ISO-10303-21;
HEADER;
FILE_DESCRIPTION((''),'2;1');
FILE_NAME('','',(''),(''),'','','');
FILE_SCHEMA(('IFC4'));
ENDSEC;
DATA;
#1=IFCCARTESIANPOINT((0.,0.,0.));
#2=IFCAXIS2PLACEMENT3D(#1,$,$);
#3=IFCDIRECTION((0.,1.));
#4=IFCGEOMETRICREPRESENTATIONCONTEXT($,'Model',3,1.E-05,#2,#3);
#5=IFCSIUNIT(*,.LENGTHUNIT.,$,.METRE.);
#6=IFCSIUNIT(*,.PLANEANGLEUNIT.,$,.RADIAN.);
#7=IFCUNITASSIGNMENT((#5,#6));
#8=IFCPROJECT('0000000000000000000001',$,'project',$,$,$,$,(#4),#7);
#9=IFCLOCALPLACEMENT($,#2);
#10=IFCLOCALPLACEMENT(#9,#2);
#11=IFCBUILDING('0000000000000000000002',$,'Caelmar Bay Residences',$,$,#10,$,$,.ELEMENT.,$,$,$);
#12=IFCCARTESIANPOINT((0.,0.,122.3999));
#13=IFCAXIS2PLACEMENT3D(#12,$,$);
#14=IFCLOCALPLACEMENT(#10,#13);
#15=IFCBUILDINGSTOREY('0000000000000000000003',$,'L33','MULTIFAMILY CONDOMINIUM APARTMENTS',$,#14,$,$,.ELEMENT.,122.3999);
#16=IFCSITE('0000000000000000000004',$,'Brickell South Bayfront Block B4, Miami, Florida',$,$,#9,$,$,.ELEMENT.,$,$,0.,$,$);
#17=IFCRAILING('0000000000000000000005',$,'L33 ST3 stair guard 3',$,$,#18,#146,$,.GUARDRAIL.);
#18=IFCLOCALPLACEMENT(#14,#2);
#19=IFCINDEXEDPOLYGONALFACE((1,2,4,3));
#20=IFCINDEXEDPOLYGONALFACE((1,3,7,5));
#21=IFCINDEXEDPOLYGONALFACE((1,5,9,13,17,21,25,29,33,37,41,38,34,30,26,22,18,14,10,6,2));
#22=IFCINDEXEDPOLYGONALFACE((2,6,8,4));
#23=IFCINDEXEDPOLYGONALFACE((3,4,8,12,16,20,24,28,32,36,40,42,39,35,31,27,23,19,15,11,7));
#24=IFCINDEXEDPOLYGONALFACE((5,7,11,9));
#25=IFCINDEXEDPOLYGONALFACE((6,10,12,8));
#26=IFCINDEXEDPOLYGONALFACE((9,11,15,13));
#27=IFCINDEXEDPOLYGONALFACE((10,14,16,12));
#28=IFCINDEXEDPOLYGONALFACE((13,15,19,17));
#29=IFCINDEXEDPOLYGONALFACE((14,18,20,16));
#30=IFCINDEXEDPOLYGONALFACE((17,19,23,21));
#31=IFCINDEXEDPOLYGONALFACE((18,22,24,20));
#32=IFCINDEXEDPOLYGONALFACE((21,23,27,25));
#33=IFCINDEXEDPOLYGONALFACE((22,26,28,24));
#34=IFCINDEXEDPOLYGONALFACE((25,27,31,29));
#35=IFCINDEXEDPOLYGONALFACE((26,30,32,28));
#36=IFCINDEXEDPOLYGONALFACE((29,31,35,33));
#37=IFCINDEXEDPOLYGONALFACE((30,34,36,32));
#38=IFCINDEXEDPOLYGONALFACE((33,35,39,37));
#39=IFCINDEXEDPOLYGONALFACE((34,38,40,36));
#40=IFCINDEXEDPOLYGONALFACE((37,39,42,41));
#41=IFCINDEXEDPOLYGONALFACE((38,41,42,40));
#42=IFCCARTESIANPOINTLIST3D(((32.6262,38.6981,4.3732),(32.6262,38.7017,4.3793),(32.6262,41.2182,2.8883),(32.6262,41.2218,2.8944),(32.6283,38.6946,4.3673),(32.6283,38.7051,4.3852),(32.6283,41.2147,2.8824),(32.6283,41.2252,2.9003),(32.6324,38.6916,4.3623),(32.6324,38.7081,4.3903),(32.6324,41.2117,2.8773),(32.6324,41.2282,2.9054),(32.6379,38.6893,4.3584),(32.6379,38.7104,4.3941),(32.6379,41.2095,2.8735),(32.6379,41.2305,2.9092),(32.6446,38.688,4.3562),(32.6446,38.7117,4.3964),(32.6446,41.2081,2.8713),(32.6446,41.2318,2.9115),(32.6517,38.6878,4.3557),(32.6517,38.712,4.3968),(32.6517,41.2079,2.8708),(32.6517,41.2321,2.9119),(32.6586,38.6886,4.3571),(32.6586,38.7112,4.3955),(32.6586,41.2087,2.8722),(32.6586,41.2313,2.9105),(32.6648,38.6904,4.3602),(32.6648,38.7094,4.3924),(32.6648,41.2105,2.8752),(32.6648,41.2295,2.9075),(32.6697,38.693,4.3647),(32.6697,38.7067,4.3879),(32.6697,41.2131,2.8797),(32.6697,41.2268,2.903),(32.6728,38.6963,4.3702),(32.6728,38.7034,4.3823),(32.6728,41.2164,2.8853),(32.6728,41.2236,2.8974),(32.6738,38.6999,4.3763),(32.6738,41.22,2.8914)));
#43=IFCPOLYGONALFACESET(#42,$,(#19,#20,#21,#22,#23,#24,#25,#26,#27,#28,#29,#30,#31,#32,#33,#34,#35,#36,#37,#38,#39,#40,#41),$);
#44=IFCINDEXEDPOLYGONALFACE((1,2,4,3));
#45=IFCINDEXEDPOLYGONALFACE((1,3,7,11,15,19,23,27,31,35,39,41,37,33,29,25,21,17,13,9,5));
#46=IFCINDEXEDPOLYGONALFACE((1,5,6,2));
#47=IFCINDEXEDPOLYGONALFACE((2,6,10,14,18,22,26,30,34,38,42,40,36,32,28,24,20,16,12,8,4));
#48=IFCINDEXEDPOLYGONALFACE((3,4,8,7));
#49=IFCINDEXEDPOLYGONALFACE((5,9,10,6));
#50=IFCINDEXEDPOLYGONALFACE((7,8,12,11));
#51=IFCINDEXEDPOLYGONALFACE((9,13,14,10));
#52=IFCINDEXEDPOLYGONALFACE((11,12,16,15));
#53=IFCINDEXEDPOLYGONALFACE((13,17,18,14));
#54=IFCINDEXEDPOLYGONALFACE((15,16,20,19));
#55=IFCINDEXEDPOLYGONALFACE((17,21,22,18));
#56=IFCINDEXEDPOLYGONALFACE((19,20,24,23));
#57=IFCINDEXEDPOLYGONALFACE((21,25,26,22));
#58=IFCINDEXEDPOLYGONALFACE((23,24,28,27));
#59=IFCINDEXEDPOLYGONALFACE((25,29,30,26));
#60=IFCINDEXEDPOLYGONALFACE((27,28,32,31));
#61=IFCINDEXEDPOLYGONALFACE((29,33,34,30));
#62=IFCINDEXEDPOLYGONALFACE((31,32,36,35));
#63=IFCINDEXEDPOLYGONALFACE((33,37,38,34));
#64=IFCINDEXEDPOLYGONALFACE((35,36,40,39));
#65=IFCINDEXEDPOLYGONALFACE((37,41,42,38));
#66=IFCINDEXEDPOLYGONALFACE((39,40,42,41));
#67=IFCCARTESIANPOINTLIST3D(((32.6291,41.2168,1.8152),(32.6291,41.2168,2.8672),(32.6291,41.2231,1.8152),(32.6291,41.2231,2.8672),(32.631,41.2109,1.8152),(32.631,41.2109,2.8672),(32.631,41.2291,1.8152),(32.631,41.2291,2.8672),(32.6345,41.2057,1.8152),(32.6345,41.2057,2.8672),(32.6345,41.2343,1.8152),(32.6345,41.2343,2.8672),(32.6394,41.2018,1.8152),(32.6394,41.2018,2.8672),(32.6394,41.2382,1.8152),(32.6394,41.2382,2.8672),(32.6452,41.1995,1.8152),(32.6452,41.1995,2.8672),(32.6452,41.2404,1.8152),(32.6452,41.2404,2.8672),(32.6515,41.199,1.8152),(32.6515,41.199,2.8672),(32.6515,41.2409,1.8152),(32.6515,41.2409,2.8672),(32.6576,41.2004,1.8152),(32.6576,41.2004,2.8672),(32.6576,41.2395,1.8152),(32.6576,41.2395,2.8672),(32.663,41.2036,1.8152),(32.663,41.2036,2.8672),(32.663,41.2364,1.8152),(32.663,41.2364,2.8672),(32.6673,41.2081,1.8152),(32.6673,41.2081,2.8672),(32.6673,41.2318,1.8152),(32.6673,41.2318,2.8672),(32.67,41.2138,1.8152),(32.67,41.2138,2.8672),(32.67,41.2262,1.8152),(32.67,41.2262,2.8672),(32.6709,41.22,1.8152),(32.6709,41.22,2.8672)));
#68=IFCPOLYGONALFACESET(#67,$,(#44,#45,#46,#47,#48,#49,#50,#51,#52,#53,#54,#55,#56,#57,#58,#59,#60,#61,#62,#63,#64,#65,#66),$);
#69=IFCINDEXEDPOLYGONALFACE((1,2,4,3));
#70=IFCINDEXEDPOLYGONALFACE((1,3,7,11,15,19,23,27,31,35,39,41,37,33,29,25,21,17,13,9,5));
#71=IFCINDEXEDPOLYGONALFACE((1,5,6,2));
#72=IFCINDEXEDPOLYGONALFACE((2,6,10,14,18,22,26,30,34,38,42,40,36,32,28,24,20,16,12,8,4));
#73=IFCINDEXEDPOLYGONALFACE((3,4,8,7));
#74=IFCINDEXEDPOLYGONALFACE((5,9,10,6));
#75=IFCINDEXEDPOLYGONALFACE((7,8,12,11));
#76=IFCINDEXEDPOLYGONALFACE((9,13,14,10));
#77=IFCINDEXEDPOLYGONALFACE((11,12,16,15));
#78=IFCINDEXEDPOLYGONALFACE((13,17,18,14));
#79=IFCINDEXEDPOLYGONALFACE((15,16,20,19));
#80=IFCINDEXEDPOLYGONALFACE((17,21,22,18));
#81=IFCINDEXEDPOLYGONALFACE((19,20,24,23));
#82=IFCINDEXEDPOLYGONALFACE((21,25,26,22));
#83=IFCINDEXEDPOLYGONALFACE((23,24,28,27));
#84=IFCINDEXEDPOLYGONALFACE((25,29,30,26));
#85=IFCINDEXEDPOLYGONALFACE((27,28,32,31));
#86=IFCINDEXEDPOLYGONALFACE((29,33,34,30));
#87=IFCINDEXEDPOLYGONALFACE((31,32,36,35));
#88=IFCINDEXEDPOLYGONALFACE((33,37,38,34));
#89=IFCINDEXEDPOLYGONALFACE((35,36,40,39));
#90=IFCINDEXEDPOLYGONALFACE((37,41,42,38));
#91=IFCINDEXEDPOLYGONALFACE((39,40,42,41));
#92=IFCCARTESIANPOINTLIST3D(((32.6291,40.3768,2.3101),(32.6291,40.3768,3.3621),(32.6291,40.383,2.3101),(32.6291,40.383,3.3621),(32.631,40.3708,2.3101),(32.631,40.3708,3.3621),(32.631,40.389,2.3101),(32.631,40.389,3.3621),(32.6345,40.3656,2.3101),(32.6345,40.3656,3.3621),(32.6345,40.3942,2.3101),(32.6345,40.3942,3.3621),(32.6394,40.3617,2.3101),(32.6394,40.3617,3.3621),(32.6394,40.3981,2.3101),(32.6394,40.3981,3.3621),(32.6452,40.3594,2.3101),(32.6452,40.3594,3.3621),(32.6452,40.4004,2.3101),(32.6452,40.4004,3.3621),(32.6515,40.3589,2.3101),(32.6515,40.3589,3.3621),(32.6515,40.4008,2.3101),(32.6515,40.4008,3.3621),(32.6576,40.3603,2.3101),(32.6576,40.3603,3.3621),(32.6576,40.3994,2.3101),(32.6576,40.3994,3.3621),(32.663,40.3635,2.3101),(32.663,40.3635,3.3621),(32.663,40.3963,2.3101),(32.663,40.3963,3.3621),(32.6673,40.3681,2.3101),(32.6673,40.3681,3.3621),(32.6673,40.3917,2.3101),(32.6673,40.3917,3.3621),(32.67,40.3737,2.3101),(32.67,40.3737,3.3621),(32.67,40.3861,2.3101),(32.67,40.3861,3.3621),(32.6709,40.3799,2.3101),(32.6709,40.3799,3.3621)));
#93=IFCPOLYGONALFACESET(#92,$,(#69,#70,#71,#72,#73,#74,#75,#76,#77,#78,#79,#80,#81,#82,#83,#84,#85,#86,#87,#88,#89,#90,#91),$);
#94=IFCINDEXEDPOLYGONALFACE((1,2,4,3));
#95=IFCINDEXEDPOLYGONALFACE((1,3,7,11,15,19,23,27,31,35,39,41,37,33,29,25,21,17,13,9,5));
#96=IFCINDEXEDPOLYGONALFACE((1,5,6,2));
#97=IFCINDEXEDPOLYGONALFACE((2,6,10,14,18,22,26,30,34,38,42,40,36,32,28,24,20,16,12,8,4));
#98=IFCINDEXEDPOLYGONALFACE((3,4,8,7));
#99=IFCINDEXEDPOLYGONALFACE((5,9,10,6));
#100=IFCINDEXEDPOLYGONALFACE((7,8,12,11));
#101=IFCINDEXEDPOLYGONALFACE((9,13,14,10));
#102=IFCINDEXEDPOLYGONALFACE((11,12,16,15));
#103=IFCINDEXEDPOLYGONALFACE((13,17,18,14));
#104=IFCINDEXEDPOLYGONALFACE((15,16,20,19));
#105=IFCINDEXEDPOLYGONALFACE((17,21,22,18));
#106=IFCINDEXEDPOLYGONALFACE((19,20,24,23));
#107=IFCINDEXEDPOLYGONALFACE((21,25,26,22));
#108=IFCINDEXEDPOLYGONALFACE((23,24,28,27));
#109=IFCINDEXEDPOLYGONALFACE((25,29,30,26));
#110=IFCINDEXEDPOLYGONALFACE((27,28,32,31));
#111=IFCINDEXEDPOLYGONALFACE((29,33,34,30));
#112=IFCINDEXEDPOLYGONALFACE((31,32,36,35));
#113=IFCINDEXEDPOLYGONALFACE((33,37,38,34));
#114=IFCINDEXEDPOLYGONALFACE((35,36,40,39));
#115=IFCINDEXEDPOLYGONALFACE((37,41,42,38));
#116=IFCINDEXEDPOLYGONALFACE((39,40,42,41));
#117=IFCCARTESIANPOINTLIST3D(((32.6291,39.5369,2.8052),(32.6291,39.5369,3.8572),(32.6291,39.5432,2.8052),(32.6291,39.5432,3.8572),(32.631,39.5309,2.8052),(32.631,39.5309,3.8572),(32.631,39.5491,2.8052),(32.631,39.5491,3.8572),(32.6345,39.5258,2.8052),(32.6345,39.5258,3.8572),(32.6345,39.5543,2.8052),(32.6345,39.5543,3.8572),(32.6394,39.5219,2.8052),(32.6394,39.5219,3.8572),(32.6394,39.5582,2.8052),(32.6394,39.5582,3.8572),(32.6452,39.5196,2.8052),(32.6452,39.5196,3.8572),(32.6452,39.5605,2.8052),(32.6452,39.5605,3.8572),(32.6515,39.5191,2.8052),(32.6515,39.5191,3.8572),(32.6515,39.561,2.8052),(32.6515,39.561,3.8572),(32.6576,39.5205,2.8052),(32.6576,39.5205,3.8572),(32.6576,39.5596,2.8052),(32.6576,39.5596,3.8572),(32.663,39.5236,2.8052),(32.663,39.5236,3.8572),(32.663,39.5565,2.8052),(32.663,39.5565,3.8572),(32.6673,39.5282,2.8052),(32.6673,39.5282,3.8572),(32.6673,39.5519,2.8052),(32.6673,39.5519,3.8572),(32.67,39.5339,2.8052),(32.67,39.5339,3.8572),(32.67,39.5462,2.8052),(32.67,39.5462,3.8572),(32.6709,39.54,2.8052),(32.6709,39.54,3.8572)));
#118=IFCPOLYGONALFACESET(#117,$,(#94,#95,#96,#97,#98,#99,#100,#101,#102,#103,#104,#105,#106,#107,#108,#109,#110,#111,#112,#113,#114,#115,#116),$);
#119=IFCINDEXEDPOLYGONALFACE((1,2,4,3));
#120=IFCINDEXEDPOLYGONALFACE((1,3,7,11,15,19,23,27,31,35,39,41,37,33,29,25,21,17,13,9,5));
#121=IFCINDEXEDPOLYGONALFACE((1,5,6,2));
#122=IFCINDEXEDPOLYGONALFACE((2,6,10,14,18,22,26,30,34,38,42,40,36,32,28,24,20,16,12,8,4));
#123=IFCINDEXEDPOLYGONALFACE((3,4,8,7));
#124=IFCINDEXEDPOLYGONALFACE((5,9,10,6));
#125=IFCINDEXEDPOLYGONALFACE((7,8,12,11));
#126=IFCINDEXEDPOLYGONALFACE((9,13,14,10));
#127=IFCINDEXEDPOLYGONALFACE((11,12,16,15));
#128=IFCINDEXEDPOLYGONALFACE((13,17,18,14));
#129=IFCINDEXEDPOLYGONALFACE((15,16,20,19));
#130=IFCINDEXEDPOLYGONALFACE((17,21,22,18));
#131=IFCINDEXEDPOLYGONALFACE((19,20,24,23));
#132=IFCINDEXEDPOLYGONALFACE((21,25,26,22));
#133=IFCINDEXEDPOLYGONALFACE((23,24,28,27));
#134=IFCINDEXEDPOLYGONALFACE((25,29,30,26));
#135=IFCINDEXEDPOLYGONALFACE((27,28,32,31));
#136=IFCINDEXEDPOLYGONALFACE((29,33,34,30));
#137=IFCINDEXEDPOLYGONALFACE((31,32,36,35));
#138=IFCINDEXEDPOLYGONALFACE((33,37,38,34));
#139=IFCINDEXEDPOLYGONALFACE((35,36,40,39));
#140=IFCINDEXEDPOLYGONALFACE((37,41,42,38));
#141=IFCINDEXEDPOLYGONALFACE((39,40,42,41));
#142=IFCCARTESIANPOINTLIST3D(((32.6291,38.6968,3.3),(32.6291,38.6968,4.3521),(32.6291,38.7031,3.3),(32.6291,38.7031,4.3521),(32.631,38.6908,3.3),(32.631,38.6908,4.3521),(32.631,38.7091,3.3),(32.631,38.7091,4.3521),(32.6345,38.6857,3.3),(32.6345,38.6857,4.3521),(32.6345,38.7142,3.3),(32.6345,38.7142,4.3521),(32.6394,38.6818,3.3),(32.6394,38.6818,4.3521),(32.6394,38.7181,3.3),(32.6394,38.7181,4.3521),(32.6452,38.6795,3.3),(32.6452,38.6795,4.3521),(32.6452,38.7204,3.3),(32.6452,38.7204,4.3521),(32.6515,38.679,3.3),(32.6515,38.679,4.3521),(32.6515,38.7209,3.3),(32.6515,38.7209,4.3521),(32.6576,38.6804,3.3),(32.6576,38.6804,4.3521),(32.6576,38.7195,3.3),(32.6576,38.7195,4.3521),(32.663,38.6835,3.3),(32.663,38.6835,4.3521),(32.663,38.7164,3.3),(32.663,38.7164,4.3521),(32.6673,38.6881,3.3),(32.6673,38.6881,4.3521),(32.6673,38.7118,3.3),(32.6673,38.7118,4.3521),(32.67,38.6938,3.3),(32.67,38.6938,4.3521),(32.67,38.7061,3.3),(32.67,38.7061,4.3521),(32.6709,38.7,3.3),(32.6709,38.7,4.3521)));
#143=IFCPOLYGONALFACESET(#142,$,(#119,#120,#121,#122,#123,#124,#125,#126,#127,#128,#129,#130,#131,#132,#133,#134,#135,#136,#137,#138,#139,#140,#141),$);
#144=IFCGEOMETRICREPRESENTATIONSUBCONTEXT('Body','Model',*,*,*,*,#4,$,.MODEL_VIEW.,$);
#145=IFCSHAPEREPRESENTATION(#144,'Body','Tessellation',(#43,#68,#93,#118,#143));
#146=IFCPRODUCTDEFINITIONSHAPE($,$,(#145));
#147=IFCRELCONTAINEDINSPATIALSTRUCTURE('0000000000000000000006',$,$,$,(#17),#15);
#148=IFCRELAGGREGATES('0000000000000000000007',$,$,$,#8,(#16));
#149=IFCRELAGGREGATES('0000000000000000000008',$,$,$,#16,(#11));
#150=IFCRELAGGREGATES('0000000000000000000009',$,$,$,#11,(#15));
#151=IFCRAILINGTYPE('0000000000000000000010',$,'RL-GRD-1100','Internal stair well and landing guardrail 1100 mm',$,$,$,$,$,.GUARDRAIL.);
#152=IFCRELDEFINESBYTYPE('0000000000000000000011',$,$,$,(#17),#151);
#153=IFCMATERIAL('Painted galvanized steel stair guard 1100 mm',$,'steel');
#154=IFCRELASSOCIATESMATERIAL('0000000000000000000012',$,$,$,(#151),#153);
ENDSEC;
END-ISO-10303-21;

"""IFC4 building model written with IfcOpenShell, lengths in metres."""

from ifc_helpers import new_model, si_unit, direction, frame, origin, origin_2d, place, context, subcontext, project, spatial, circle, extrude, material, type_object, element, save


model = new_model("IFC4")

# Units and contexts
model_context = context("Model", 3, precision=1e-05, world=origin(), true_north=direction((0.0, 1.0)))
body_context = subcontext(model_context, "Body", "Model", "MODEL_VIEW")
ifc_project = project(units=[si_unit("LENGTHUNIT", "METRE"), si_unit("PLANEANGLEUNIT", "RADIAN")], contexts=[model_context])

# Site, building, storey
site_placement = place(None, origin())
site = spatial("IfcSite", under=ifc_project, at=site_placement, Name="Brickell South Bayfront Block B4, Miami, Florida", CompositionType="ELEMENT", RefElevation=0.0)
building_placement = place(site_placement, origin())
building = spatial("IfcBuilding", under=site, at=building_placement, Name="Caelmar Bay Residences", CompositionType="ELEMENT")
storey_placement = place(building_placement, frame((0.0, 0.0, 122.3999)))
storey = spatial("IfcBuildingStorey", under=building, at=storey_placement, Name="L33", Description="MULTIFAMILY CONDOMINIUM APARTMENTS", CompositionType="ELEMENT", Elevation=122.3999)

# Railing
ifc_material_1 = material(Name="Painted galvanized steel stair guard 1100 mm", Category="steel")
railing_type_1 = type_object("IfcRailingType", Name="RL-GRD-1100", Description="Internal stair well and landing guardrail 1100 mm", PredefinedType="GUARDRAIL", material=ifc_material_1)
railing_1_placement = place(storey_placement, frame((32.6499, 41.22, 1.8152)))
element("IfcRailing", 1, at=railing_1_placement, inside=storey, type_object=railing_type_1, Name="L33 ST3 stair guard 3", PredefinedType="GUARDRAIL", context=body_context, shape_type="SweptSolid", body=[
    extrude(circle(Radius=0.0239, at=origin_2d()), frame((0.0, 0.0, 1.0762), z_axis=(0.0, -0.861561, 0.507655), x_axis=(1.0, 0.0, 0.0)), (0.0, 0.0, 1.0), 2.925),
    extrude(circle(Radius=0.021, at=origin_2d()), origin(), (0.0, 0.0, 1.0), 1.052),
    extrude(circle(Radius=0.021, at=origin_2d()), frame((0.0, -0.8401, 0.4949)), (0.0, 0.0, 1.0), 1.052),
    extrude(circle(Radius=0.021, at=origin_2d()), frame((0.0, -1.6799, 0.99)), (0.0, 0.0, 1.0), 1.052),
    extrude(circle(Radius=0.021, at=origin_2d()), frame((0.0, -2.52, 1.4849)), (0.0, 0.0, 1.0), 1.052),
])

save(model, "model.ifc")
